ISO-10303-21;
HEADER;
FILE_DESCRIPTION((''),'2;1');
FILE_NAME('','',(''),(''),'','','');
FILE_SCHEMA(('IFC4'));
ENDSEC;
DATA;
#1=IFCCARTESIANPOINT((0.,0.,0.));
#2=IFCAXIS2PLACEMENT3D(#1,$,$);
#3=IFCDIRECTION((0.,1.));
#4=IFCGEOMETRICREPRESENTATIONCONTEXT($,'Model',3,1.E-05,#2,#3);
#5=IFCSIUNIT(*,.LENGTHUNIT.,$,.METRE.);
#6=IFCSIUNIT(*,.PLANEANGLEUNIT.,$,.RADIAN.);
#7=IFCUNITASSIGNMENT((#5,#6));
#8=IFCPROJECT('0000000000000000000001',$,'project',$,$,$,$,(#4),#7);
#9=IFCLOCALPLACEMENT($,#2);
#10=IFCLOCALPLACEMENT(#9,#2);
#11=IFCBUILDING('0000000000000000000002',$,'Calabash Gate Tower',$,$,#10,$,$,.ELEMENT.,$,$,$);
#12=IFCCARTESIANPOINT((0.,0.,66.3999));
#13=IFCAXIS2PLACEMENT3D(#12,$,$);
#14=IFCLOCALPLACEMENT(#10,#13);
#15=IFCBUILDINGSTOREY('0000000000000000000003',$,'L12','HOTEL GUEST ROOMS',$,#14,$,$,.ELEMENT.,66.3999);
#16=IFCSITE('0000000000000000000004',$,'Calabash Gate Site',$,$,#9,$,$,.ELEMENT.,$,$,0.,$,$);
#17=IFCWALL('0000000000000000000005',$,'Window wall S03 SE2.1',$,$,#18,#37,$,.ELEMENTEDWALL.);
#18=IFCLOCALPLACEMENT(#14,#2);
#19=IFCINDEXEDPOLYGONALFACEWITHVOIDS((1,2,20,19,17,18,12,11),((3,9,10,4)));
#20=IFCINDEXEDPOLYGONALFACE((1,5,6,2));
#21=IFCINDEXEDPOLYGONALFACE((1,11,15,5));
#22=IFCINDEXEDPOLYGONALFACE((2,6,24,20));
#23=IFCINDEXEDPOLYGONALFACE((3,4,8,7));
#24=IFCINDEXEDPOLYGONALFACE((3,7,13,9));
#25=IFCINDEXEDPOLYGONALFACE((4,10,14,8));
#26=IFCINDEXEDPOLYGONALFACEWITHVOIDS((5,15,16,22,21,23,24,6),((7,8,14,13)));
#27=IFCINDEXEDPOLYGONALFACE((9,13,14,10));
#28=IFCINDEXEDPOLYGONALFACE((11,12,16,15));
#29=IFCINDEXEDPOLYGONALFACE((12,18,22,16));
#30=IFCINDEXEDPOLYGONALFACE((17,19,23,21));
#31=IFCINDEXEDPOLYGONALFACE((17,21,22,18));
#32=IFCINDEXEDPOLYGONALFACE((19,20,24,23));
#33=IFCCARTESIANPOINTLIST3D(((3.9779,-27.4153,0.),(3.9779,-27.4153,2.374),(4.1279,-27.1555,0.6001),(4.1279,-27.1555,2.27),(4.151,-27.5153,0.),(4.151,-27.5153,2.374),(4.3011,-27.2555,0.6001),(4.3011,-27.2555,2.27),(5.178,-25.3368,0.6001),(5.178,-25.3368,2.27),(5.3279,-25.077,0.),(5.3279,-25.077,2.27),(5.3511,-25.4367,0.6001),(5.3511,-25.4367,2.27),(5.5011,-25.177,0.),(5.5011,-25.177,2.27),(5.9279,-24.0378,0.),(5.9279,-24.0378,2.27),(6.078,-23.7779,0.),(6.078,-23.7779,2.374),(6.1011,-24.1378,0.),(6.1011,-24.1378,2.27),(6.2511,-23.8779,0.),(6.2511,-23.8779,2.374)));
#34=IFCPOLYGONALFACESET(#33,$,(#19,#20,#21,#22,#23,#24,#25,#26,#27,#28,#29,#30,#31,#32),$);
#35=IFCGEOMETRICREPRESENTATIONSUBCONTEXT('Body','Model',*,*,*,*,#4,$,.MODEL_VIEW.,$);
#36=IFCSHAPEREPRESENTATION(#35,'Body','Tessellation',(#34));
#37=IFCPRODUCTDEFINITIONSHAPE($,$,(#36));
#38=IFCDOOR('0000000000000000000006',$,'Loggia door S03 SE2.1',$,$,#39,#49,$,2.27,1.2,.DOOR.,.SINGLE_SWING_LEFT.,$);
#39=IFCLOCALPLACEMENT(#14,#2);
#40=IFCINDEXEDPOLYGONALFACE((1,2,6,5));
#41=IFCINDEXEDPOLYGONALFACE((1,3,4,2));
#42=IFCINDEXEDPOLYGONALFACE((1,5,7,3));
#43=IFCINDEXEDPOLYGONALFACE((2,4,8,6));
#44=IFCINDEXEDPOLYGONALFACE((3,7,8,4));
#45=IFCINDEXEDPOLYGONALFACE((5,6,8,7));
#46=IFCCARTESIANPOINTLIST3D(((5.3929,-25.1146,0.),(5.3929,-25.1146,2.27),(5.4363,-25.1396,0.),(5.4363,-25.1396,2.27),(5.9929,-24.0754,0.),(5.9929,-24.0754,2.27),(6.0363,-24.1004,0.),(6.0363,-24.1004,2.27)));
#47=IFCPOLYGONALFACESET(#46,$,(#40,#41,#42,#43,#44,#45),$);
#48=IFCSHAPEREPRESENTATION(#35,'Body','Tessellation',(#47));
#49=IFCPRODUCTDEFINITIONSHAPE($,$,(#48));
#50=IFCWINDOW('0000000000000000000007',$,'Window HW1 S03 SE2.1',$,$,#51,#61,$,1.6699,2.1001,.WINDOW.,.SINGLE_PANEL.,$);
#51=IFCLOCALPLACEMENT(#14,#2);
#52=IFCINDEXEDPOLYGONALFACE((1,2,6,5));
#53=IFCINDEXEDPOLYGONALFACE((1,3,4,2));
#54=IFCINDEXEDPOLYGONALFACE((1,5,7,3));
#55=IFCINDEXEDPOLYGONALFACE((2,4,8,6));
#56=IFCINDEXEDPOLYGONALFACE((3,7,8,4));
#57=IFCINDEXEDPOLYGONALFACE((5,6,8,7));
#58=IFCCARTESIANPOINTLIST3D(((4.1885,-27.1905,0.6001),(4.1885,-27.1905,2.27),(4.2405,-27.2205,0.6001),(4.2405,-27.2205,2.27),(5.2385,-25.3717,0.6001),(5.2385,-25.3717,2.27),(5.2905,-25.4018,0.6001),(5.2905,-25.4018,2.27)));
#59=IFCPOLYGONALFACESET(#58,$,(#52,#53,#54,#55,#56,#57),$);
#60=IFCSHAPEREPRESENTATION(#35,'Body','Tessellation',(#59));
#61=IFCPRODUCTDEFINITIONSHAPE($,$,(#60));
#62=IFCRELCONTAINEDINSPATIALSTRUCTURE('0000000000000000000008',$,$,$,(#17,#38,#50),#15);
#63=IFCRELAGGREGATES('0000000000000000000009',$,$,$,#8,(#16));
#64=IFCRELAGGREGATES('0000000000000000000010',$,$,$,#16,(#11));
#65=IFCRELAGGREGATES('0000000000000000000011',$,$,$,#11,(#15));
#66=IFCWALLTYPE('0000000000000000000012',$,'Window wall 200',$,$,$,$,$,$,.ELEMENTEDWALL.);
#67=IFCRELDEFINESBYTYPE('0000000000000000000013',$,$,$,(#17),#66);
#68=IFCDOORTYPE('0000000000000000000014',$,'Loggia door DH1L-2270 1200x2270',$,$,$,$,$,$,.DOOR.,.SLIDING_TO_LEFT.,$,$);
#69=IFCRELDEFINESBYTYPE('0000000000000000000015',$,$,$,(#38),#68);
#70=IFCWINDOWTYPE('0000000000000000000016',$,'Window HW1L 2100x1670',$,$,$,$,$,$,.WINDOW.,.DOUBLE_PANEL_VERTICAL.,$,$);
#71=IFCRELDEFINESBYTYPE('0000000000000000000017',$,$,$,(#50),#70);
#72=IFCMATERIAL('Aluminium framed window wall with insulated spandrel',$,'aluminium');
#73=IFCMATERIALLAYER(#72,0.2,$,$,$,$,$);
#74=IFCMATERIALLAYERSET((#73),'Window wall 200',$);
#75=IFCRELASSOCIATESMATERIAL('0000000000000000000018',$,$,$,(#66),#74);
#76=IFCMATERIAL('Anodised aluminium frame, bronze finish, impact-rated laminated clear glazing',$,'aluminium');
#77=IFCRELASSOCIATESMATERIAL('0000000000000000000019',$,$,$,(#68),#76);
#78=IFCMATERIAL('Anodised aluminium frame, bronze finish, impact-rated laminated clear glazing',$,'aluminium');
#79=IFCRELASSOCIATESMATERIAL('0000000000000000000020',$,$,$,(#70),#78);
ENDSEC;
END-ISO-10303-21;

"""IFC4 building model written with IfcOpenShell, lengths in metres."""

from ifc_helpers import new_model, si_unit, direction, frame, frame_2d, origin, place, context, subcontext, project, spatial, rectangle, extrude, material, layer, layer_set, type_object, element, fill, save


model = new_model("IFC4")

# Units and contexts
model_context = context("Model", 3, precision=1e-05, world=origin(), true_north=direction((0.0, 1.0)))
body_context = subcontext(model_context, "Body", "Model", "MODEL_VIEW")
ifc_project = project(units=[si_unit("LENGTHUNIT", "METRE"), si_unit("PLANEANGLEUNIT", "RADIAN")], contexts=[model_context])

# Site, building, storey
site_placement = place(None, origin())
site = spatial("IfcSite", under=ifc_project, at=site_placement, Name="Calabash Gate Site", CompositionType="ELEMENT", RefElevation=0.0)
building_placement = place(site_placement, origin())
building = spatial("IfcBuilding", under=site, at=building_placement, Name="Calabash Gate Tower", CompositionType="ELEMENT")
storey_placement = place(building_placement, frame((0.0, 0.0, 66.3999)))
storey = spatial("IfcBuildingStorey", under=building, at=storey_placement, Name="L12", Description="HOTEL GUEST ROOMS", CompositionType="ELEMENT", Elevation=66.3999)

# Wall, openings, door, window
ifc_material_1 = material(Name="Aluminium framed window wall with insulated spandrel", Category="aluminium")
ifc_layer_1 = layer(ifc_material_1, 0.2)
ifc_layer_set_1 = layer_set([ifc_layer_1], Name="Window wall 200")
wall_type_1 = type_object("IfcWallType", Name="Window wall 200", PredefinedType="ELEMENTEDWALL", material=ifc_layer_set_1)
wall_1_placement = place(storey_placement, frame((4.0645, -27.4653, 0.0), z_axis=(0.0, 0.0, 1.0), x_axis=(0.500003, 0.866024, 0.0)))
wall_1 = element("IfcWall", 1, at=wall_1_placement, inside=storey, type_object=wall_type_1, Name="Window wall S03 SE2.1", PredefinedType="ELEMENTEDWALL", context=body_context, shape_type="SweptSolid", body=[
    extrude(rectangle(XDim=4.2002, YDim=0.2, at=frame_2d((2.1001, 0.0))), origin(), (0.0, 0.0, 1.0), 2.374),
])
opening_1_placement = place(wall_1_placement, frame((0.3, 0.0, 0.6001)))
opening_1 = element("IfcOpeningElement", 2, at=opening_1_placement, cuts=wall_1, PredefinedType="OPENING", context=body_context, shape_type="SweptSolid", body=[
    extrude(rectangle(XDim=2.1001, YDim=1.6699, at=frame_2d((1.05, 0.835))), frame((0.0, 0.1099, 0.0), z_axis=(0.0, -1.0, 0.0), x_axis=(1.0, 0.0, 0.0)), (0.0, 0.0, 1.0), 0.22),
])
opening_2_placement = place(wall_1_placement, frame((2.7, 0.0, 0.0)))
opening_2 = element("IfcOpeningElement", 3, at=opening_2_placement, cuts=wall_1, PredefinedType="OPENING", context=body_context, shape_type="SweptSolid", body=[
    extrude(rectangle(XDim=1.2, YDim=2.27, at=frame_2d((0.6001, 1.135))), frame((0.0, 0.1099, 0.0), z_axis=(0.0, -1.0, 0.0), x_axis=(1.0, 0.0, 0.0)), (0.0, 0.0, 1.0), 0.22),
])
ifc_material_2 = material(Name="Anodised aluminium frame, bronze finish, impact-rated laminated clear glazing", Category="aluminium")
door_type_1 = type_object("IfcDoorType", Name="Loggia door DH1L-2270 1200x2270", OperationType="SLIDING_TO_LEFT", PredefinedType="DOOR", material=ifc_material_2)
door_1_placement = place(opening_2_placement, origin())
door_1 = element("IfcDoor", 4, at=door_1_placement, inside=storey, type_object=door_type_1, Name="Loggia door S03 SE2.1", OperationType="SINGLE_SWING_LEFT", OverallHeight=2.27, OverallWidth=1.2, PredefinedType="DOOR", context=body_context, shape_type="SweptSolid", body=[
    extrude(rectangle(XDim=1.2, YDim=2.27, at=frame_2d((0.6001, 1.135))), frame((0.0, 0.0249, 0.0), z_axis=(0.0, -1.0, 0.0), x_axis=(1.0, 0.0, 0.0)), (0.0, 0.0, 1.0), 0.05),
])
fill(opening_2, door_1)
ifc_material_3 = material(Name="Anodised aluminium frame, bronze finish, impact-rated laminated clear glazing", Category="aluminium")
window_type_1 = type_object("IfcWindowType", Name="Window HW1L 2100x1670", PartitioningType="DOUBLE_PANEL_VERTICAL", PredefinedType="WINDOW", material=ifc_material_3)
window_1_placement = place(opening_1_placement, origin())
window_1 = element("IfcWindow", 5, at=window_1_placement, inside=storey, type_object=window_type_1, Name="Window HW1 S03 SE2.1", OverallHeight=1.6699, OverallWidth=2.1001, PartitioningType="SINGLE_PANEL", PredefinedType="WINDOW", context=body_context, shape_type="SweptSolid", body=[
    extrude(rectangle(XDim=2.1001, YDim=1.6699, at=frame_2d((1.05, 0.835))), frame((0.0, 0.03, 0.0), z_axis=(0.0, -1.0, 0.0), x_axis=(1.0, 0.0, 0.0)), (0.0, 0.0, 1.0), 0.0601),
])
fill(opening_1, window_1)

save(model, "model.ifc")
